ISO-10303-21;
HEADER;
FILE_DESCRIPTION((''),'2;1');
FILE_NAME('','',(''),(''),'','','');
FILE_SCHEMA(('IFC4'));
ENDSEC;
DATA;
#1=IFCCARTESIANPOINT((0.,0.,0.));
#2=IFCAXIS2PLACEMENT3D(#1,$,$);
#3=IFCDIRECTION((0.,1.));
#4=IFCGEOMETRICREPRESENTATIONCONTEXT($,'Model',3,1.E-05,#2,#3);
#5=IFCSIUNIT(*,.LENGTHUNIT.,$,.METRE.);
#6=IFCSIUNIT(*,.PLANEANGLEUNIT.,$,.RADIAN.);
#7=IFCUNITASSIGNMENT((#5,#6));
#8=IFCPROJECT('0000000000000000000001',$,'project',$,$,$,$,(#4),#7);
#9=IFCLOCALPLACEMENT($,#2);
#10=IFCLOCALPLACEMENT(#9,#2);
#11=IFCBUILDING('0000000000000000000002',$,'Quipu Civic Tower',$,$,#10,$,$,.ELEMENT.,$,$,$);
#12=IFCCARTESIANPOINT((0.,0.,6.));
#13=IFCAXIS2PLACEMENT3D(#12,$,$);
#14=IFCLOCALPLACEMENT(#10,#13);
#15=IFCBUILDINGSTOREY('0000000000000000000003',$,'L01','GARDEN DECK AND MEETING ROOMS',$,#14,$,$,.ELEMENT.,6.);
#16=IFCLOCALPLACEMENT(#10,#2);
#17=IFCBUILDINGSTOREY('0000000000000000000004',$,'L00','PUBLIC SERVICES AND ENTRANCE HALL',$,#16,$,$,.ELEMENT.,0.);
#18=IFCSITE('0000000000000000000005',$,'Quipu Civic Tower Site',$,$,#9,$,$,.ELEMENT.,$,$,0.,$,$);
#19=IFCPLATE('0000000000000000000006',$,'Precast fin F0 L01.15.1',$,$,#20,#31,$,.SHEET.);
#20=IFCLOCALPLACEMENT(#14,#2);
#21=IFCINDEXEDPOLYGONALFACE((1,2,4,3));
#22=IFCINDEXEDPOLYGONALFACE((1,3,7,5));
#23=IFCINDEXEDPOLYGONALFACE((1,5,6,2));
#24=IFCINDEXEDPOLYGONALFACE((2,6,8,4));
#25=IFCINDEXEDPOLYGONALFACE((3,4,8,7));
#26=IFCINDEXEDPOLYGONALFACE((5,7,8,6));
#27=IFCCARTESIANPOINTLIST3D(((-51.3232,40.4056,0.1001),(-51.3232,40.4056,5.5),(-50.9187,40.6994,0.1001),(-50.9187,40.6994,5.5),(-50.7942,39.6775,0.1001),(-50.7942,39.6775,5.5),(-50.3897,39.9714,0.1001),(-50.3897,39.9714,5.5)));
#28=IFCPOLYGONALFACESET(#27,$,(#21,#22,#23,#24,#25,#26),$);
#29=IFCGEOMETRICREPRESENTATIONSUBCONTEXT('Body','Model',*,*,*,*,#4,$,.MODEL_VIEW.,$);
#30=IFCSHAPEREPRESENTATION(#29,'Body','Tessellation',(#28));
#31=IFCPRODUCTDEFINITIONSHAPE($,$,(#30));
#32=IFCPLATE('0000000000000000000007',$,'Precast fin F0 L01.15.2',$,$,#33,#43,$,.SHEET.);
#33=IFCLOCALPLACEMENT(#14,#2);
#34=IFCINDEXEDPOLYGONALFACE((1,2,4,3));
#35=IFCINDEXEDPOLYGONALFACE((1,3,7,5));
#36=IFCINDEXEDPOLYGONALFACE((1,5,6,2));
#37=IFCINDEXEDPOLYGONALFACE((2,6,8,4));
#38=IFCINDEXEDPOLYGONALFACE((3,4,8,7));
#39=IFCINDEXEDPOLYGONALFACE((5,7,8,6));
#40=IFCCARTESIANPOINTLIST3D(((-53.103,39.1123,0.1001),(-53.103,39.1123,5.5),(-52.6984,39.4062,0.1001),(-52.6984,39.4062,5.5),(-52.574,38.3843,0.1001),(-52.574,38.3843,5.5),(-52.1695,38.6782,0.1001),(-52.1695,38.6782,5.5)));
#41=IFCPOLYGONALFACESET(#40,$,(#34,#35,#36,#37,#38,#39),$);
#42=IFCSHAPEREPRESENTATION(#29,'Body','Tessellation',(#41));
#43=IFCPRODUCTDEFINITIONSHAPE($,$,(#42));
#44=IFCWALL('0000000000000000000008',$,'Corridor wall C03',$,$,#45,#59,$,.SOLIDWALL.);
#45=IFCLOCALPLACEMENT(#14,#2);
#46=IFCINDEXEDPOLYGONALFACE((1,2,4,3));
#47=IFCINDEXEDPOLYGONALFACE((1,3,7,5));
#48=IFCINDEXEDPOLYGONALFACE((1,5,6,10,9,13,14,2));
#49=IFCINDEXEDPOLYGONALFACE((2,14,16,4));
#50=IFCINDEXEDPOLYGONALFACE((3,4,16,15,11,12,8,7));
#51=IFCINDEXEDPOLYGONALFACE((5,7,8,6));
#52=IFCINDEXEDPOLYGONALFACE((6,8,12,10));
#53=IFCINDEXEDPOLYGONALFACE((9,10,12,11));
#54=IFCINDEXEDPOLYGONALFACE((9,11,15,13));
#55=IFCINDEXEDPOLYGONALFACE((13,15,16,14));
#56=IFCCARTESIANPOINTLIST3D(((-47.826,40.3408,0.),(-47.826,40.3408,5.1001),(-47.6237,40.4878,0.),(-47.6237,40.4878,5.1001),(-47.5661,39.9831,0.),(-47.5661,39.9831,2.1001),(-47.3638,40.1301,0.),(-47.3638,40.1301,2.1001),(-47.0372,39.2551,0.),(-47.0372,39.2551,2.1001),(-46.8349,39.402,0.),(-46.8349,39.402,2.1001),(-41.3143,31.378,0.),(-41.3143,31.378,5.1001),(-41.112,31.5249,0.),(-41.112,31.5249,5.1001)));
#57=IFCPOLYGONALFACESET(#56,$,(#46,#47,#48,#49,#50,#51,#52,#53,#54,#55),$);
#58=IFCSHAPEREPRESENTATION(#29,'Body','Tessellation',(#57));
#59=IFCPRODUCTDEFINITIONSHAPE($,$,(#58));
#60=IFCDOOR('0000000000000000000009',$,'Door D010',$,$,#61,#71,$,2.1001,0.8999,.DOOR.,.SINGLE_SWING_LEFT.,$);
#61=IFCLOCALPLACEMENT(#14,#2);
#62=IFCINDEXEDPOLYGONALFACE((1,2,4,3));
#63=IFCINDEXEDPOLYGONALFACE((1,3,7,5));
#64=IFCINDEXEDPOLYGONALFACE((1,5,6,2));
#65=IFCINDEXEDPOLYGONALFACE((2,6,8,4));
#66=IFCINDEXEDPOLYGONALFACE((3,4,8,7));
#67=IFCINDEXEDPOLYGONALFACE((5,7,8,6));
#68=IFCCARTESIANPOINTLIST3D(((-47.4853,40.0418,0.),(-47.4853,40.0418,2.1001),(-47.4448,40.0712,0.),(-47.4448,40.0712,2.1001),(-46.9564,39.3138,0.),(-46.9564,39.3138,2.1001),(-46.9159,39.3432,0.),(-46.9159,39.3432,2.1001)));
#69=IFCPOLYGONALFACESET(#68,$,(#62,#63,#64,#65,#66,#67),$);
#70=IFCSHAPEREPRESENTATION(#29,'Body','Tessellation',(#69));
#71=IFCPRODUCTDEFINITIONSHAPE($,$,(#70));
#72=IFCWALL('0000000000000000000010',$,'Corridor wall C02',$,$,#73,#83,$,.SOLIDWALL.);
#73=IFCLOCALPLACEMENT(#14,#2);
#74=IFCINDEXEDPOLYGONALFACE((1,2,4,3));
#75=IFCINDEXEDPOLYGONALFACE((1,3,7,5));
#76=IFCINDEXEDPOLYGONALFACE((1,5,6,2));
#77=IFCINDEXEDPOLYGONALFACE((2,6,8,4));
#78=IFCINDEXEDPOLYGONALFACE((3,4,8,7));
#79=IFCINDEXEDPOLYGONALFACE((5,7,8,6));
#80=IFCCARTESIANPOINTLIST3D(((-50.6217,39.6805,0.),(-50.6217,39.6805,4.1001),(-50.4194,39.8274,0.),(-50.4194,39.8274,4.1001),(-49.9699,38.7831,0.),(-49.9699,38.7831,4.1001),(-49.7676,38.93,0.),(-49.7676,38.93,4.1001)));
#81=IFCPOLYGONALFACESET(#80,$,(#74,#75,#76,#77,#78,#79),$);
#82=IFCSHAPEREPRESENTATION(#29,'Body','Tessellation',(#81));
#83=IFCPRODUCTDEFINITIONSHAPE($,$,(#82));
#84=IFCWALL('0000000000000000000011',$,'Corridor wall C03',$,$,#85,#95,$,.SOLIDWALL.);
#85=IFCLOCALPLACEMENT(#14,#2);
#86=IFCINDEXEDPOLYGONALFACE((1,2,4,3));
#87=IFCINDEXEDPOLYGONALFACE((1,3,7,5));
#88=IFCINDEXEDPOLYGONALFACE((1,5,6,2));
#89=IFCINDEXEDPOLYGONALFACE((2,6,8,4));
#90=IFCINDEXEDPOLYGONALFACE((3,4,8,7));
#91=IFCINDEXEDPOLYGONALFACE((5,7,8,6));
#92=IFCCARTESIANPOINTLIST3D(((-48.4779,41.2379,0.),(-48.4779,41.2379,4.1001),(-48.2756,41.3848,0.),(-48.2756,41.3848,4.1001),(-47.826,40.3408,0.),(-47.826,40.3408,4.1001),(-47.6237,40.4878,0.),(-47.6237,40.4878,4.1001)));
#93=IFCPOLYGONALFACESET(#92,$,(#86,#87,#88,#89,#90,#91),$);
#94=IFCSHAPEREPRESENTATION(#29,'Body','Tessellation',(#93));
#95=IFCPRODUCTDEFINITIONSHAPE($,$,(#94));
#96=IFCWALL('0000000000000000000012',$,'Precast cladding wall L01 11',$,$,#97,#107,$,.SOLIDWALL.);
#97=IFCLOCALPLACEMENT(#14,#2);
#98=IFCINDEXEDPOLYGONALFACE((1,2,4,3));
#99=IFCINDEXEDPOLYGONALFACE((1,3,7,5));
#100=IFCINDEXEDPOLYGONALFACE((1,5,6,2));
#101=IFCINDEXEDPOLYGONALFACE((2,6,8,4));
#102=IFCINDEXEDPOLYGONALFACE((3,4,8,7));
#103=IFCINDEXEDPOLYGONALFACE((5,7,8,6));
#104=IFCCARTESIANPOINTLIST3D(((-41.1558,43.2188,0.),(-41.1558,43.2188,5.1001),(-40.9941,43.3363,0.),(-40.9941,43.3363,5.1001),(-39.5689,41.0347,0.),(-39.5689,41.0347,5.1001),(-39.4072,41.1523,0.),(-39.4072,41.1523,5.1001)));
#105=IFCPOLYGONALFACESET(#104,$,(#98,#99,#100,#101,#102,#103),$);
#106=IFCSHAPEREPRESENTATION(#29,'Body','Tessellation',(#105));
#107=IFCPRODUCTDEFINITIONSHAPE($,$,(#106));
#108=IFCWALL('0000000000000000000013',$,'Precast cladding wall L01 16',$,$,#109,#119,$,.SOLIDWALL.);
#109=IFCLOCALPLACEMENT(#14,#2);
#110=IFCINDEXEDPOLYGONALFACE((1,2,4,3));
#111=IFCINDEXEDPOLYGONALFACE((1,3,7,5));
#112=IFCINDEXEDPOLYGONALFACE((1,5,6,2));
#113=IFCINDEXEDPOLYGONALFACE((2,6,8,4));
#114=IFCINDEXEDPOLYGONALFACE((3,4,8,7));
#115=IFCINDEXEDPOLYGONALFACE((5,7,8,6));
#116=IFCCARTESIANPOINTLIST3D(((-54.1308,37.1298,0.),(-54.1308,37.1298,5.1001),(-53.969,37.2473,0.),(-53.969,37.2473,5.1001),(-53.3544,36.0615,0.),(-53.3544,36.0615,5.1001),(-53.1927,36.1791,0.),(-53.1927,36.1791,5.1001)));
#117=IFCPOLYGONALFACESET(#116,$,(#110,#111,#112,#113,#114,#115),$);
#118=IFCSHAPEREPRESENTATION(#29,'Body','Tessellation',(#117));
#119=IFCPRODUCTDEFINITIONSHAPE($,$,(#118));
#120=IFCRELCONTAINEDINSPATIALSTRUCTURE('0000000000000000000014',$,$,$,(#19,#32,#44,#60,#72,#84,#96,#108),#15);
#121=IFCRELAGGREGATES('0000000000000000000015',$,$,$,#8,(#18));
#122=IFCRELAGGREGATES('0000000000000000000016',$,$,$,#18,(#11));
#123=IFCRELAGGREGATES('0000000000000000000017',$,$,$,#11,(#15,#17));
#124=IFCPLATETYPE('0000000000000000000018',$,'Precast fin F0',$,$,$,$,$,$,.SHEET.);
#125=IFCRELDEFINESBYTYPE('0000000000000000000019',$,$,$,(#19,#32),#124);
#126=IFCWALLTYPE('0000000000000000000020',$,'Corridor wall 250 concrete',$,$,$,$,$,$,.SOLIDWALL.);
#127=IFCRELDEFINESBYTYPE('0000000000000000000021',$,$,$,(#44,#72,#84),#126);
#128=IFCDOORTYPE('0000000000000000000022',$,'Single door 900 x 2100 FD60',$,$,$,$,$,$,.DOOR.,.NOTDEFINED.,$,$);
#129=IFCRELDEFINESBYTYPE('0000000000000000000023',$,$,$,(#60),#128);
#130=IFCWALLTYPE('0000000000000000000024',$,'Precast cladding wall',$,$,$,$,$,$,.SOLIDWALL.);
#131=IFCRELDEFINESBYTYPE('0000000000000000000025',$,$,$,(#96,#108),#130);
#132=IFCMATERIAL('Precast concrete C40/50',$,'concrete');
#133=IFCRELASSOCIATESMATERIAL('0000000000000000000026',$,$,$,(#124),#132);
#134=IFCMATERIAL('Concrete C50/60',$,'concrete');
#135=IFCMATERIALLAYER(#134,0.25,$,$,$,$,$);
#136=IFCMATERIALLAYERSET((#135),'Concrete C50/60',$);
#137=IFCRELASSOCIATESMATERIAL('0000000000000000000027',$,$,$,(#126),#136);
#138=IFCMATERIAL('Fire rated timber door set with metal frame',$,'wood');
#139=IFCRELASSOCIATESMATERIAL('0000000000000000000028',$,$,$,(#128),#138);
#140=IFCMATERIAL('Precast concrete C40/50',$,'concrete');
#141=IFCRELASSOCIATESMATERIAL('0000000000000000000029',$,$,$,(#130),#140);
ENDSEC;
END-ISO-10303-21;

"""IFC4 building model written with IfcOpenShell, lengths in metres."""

from ifc_helpers import new_model, si_unit, direction, frame, frame_2d, origin, origin_2d, place, context, subcontext, project, spatial, rectangle, extrude, material, layer, layer_set, type_object, element, fill, save


model = new_model("IFC4")

# Units and contexts
model_context = context("Model", 3, precision=1e-05, world=origin(), true_north=direction((0.0, 1.0)))
body_context = subcontext(model_context, "Body", "Model", "MODEL_VIEW")
ifc_project = project(units=[si_unit("LENGTHUNIT", "METRE"), si_unit("PLANEANGLEUNIT", "RADIAN")], contexts=[model_context])

# Site, building, storey
site_placement = place(None, origin())
site = spatial("IfcSite", under=ifc_project, at=site_placement, Name="Quipu Civic Tower Site", CompositionType="ELEMENT", RefElevation=0.0)
building_placement = place(site_placement, origin())
building = spatial("IfcBuilding", under=site, at=building_placement, Name="Quipu Civic Tower", CompositionType="ELEMENT")
storey_1_placement = place(building_placement, frame((0.0, 0.0, 6.0)))
storey_1 = spatial("IfcBuildingStorey", under=building, at=storey_1_placement, Name="L01", Description="GARDEN DECK AND MEETING ROOMS", CompositionType="ELEMENT", Elevation=6.0)

# Shared definitions
storey_2_placement = place(building_placement, origin())
storey_2 = spatial("IfcBuildingStorey", under=building, at=storey_2_placement, Name="L00", Description="PUBLIC SERVICES AND ENTRANCE HALL", CompositionType="ELEMENT", Elevation=0.0)

# Plates
ifc_material_1 = material(Name="Precast concrete C40/50", Category="concrete")
plate_type_1 = type_object("IfcPlateType", Name="Precast fin F0", PredefinedType="SHEET", material=ifc_material_1)
for number, where, z_axis, x_axis, name in (
    (1, (-50.8564, 40.1885, 0.1001), (0.0, 0.0, 1.0), (-0.809021, -0.587779, 0.0), "Precast fin F0 L01.15.1"),
    (2, (-52.6362, 38.8953, 0.1001), (0.0, 0.0, 1.0), (-0.809021, -0.587779, 0.0), "Precast fin F0 L01.15.2"),
):
    element("IfcPlate", number, at=place(storey_1_placement, frame(where, z_axis=z_axis, x_axis=x_axis)), inside=storey_1, type_object=plate_type_1, Name=name, PredefinedType="SHEET", context=body_context, shape_type="SweptSolid", body=[
        extrude(rectangle(XDim=0.5, YDim=0.8999, at=origin_2d()), origin(), (0.0, 0.0, 1.0), 5.3999),
    ])

# Wall, opening, door
ifc_material_2 = material(Name="Concrete C50/60", Category="concrete")
ifc_layer_1 = layer(ifc_material_2, 0.25)
ifc_layer_set_1 = layer_set([ifc_layer_1], Name="Concrete C50/60")
wall_type_1 = type_object("IfcWallType", Name="Corridor wall 250 concrete", PredefinedType="SOLIDWALL", material=ifc_layer_set_1)
wall_1_placement = place(storey_1_placement, frame((-47.7249, 40.4143, 0.0), z_axis=(0.0, 0.0, 1.0), x_axis=(0.587773, -0.809026, 0.0)))
wall_1 = element("IfcWall", 3, at=wall_1_placement, inside=storey_1, type_object=wall_type_1, Name="Corridor wall C03", PredefinedType="SOLIDWALL", context=body_context, shape_type="SweptSolid", body=[
    extrude(rectangle(XDim=11.0786, YDim=0.25, at=frame_2d((5.5393, 0.0))), origin(), (0.0, 0.0, 1.0), 5.1001),
])
opening_placement = place(wall_1_placement, frame((0.4421, 0.0, 0.0)))
opening = element("IfcOpeningElement", 4, at=opening_placement, cuts=wall_1, PredefinedType="OPENING", context=body_context, shape_type="SweptSolid", body=[
    extrude(rectangle(XDim=0.8999, YDim=2.1001, at=frame_2d((0.45, 1.05))), frame((0.0, 0.135, 0.0), z_axis=(0.0, -1.0, 0.0), x_axis=(1.0, 0.0, 0.0)), (0.0, 0.0, 1.0), 0.27),
])
ifc_material_3 = material(Name="Fire rated timber door set with metal frame", Category="wood")
door_type = type_object("IfcDoorType", Name="Single door 900 x 2100 FD60", OperationType="NOTDEFINED", PredefinedType="DOOR", material=ifc_material_3)
door_placement = place(opening_placement, origin())
door = element("IfcDoor", 5, at=door_placement, inside=storey_1, type_object=door_type, Name="Door D010", OperationType="SINGLE_SWING_LEFT", OverallHeight=2.1001, OverallWidth=0.8999, PredefinedType="DOOR", context=body_context, shape_type="SweptSolid", body=[
    extrude(rectangle(XDim=0.8999, YDim=2.1001, at=frame_2d((0.45, 1.05))), frame((0.0, 0.0249, 0.0), z_axis=(0.0, -1.0, 0.0), x_axis=(1.0, 0.0, 0.0)), (0.0, 0.0, 1.0), 0.05),
])
fill(opening, door)

# Walls
wall_2_placement = place(storey_1_placement, frame((-49.8687, 38.8564, 0.0), z_axis=(0.0, 0.0, 1.0), x_axis=(-0.587674, 0.809098, 0.0)))
element("IfcWall", 6, at=wall_2_placement, inside=storey_1, type_object=wall_type_1, Name="Corridor wall C02", PredefinedType="SOLIDWALL", context=body_context, shape_type="SweptSolid", body=[
    extrude(rectangle(XDim=1.1091, YDim=0.25, at=frame_2d((0.5547, 0.0))), origin(), (0.0, 0.0, 1.0), 4.1001),
])
wall_3_placement = place(storey_1_placement, frame((-47.7249, 40.4143, 0.0), z_axis=(0.0, 0.0, 1.0), x_axis=(-0.587884, 0.808946, 0.0)))
element("IfcWall", 7, at=wall_3_placement, inside=storey_1, type_object=wall_type_1, Name="Corridor wall C03", PredefinedType="SOLIDWALL", context=body_context, shape_type="SweptSolid", body=[
    extrude(rectangle(XDim=1.1089, YDim=0.25, at=frame_2d((0.5544, 0.0))), origin(), (0.0, 0.0, 1.0), 4.1001),
])
ifc_material_4 = material(Name="Precast concrete C40/50", Category="concrete")
wall_type_2 = type_object("IfcWallType", Name="Precast cladding wall", PredefinedType="SOLIDWALL", material=ifc_material_4)
wall_4_placement = place(storey_1_placement, frame((-39.488, 41.0935, 0.0), z_axis=(0.0, 0.0, 1.0), x_axis=(-0.587806, 0.809002, 0.0)))
element("IfcWall", 8, at=wall_4_placement, inside=storey_1, type_object=wall_type_2, Name="Precast cladding wall L01 11", PredefinedType="SOLIDWALL", context=body_context, shape_type="SweptSolid", body=[
    extrude(rectangle(XDim=2.6997, YDim=0.2, at=frame_2d((1.3499, 0.0))), origin(), (0.0, 0.0, 1.0), 5.1001),
])
wall_5_placement = place(storey_1_placement, frame((-54.0498, 37.1885, 0.0), z_axis=(0.0, 0.0, 1.0), x_axis=(0.587864, -0.80896, 0.0)))
element("IfcWall", 9, at=wall_5_placement, inside=storey_1, type_object=wall_type_2, Name="Precast cladding wall L01 16", PredefinedType="SOLIDWALL", context=body_context, shape_type="SweptSolid", body=[
    extrude(rectangle(XDim=1.3206, YDim=0.2, at=frame_2d((0.6602, 0.0))), origin(), (0.0, 0.0, 1.0), 5.1001),
])

save(model, "model.ifc")
